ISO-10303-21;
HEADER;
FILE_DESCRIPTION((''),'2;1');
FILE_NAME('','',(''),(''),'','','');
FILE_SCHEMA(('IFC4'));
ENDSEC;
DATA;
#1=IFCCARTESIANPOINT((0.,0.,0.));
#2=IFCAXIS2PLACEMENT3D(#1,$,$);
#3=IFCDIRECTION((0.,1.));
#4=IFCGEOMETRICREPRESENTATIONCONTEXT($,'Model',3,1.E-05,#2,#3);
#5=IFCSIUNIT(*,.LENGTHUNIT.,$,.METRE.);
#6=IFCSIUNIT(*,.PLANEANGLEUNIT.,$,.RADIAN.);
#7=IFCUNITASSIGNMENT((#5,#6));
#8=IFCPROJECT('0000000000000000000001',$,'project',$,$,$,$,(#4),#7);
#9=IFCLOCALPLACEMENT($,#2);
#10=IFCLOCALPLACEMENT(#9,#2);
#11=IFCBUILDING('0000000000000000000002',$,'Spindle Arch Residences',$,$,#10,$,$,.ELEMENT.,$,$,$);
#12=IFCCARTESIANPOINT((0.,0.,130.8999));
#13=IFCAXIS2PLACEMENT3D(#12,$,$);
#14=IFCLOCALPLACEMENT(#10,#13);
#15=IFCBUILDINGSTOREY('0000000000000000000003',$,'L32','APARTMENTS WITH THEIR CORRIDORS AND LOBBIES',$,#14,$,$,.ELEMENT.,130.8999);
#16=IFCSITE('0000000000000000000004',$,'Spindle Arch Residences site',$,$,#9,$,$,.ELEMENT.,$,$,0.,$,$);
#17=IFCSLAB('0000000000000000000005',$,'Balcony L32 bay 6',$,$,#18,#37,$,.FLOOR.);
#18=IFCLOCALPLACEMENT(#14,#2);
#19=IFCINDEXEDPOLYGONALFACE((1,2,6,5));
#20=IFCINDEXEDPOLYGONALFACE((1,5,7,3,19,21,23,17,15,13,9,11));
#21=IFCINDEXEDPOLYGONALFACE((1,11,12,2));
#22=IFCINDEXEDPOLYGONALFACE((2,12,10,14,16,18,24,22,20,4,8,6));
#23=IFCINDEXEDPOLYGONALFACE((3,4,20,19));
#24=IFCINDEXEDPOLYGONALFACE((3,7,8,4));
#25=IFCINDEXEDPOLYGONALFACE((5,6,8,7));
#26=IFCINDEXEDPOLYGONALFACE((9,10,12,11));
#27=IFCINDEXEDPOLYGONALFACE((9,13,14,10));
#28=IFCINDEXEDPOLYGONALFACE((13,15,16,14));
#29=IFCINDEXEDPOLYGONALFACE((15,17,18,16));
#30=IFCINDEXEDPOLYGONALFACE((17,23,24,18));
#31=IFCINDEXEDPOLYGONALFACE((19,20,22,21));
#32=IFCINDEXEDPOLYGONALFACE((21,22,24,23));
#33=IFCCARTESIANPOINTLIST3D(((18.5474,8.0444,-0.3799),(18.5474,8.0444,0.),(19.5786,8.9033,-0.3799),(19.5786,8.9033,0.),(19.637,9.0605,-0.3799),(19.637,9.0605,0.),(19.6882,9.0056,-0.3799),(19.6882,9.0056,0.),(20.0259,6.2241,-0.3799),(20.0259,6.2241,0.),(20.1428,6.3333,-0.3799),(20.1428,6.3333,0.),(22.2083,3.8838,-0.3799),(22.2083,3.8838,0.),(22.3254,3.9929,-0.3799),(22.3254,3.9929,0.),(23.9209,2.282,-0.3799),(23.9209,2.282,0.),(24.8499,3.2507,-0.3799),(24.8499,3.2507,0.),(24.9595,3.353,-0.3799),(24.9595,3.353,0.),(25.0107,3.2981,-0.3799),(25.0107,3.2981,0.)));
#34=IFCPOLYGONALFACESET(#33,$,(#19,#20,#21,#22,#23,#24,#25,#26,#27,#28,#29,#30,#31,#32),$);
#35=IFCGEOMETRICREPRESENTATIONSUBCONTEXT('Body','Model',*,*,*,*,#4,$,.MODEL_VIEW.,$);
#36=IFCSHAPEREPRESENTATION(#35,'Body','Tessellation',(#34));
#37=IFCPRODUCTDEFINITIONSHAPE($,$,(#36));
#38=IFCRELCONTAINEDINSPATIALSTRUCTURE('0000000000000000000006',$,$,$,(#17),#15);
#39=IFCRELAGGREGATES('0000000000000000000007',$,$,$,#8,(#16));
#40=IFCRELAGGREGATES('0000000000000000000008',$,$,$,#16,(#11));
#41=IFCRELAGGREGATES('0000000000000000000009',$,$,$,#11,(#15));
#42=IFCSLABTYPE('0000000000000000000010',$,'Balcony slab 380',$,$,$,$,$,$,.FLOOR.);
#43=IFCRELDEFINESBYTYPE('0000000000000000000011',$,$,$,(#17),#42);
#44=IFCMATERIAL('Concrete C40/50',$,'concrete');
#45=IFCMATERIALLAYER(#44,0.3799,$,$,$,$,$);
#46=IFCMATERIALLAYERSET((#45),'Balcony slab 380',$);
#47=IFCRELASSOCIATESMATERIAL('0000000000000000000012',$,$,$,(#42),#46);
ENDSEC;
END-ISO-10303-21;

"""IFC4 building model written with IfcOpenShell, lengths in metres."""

from ifc_helpers import new_model, si_unit, direction, frame, origin, place, context, subcontext, project, spatial, polyline, outline, extrude, material, layer, layer_set, type_object, element, save


model = new_model("IFC4")

# Units and contexts
model_context = context("Model", 3, precision=1e-05, world=origin(), true_north=direction((0.0, 1.0)))
body_context = subcontext(model_context, "Body", "Model", "MODEL_VIEW")
ifc_project = project(units=[si_unit("LENGTHUNIT", "METRE"), si_unit("PLANEANGLEUNIT", "RADIAN")], contexts=[model_context])

# Site, building, storey
site_placement = place(None, origin())
site = spatial("IfcSite", under=ifc_project, at=site_placement, Name="Spindle Arch Residences site", CompositionType="ELEMENT", RefElevation=0.0)
building_placement = place(site_placement, origin())
building = spatial("IfcBuilding", under=site, at=building_placement, Name="Spindle Arch Residences", CompositionType="ELEMENT")
storey_placement = place(building_placement, frame((0.0, 0.0, 130.8999)))
storey = spatial("IfcBuildingStorey", under=building, at=storey_placement, Name="L32", Description="APARTMENTS WITH THEIR CORRIDORS AND LOBBIES", CompositionType="ELEMENT", Elevation=130.8999)

# Slab
ifc_material_1 = material(Name="Concrete C40/50", Category="concrete")
ifc_layer_1 = layer(ifc_material_1, 0.3799)
ifc_layer_set_1 = layer_set([ifc_layer_1], Name="Balcony slab 380")
slab_type_1 = type_object("IfcSlabType", Name="Balcony slab 380", PredefinedType="FLOOR", material=ifc_layer_set_1)
slab_1_placement = place(storey_placement, frame((0.0, 0.0, -0.3799)))
element("IfcSlab", 1, at=slab_1_placement, inside=storey, type_object=slab_type_1, Name="Balcony L32 bay 6", PredefinedType="FLOOR", context=body_context, shape_type="SweptSolid", body=[
    extrude(outline(polyline([(25.0107, 3.2981), (24.9595, 3.353), (24.8499, 3.2507), (19.5786, 8.9033), (19.6882, 9.0056), (19.637, 9.0605), (18.5474, 8.0444), (20.1428, 6.3333), (20.0259, 6.2241), (22.2083, 3.8838), (22.3254, 3.9929), (23.9209, 2.282), (25.0107, 3.2981)])), origin(), (0.0, 0.0, 1.0), 0.3799),
])

save(model, "model.ifc")
